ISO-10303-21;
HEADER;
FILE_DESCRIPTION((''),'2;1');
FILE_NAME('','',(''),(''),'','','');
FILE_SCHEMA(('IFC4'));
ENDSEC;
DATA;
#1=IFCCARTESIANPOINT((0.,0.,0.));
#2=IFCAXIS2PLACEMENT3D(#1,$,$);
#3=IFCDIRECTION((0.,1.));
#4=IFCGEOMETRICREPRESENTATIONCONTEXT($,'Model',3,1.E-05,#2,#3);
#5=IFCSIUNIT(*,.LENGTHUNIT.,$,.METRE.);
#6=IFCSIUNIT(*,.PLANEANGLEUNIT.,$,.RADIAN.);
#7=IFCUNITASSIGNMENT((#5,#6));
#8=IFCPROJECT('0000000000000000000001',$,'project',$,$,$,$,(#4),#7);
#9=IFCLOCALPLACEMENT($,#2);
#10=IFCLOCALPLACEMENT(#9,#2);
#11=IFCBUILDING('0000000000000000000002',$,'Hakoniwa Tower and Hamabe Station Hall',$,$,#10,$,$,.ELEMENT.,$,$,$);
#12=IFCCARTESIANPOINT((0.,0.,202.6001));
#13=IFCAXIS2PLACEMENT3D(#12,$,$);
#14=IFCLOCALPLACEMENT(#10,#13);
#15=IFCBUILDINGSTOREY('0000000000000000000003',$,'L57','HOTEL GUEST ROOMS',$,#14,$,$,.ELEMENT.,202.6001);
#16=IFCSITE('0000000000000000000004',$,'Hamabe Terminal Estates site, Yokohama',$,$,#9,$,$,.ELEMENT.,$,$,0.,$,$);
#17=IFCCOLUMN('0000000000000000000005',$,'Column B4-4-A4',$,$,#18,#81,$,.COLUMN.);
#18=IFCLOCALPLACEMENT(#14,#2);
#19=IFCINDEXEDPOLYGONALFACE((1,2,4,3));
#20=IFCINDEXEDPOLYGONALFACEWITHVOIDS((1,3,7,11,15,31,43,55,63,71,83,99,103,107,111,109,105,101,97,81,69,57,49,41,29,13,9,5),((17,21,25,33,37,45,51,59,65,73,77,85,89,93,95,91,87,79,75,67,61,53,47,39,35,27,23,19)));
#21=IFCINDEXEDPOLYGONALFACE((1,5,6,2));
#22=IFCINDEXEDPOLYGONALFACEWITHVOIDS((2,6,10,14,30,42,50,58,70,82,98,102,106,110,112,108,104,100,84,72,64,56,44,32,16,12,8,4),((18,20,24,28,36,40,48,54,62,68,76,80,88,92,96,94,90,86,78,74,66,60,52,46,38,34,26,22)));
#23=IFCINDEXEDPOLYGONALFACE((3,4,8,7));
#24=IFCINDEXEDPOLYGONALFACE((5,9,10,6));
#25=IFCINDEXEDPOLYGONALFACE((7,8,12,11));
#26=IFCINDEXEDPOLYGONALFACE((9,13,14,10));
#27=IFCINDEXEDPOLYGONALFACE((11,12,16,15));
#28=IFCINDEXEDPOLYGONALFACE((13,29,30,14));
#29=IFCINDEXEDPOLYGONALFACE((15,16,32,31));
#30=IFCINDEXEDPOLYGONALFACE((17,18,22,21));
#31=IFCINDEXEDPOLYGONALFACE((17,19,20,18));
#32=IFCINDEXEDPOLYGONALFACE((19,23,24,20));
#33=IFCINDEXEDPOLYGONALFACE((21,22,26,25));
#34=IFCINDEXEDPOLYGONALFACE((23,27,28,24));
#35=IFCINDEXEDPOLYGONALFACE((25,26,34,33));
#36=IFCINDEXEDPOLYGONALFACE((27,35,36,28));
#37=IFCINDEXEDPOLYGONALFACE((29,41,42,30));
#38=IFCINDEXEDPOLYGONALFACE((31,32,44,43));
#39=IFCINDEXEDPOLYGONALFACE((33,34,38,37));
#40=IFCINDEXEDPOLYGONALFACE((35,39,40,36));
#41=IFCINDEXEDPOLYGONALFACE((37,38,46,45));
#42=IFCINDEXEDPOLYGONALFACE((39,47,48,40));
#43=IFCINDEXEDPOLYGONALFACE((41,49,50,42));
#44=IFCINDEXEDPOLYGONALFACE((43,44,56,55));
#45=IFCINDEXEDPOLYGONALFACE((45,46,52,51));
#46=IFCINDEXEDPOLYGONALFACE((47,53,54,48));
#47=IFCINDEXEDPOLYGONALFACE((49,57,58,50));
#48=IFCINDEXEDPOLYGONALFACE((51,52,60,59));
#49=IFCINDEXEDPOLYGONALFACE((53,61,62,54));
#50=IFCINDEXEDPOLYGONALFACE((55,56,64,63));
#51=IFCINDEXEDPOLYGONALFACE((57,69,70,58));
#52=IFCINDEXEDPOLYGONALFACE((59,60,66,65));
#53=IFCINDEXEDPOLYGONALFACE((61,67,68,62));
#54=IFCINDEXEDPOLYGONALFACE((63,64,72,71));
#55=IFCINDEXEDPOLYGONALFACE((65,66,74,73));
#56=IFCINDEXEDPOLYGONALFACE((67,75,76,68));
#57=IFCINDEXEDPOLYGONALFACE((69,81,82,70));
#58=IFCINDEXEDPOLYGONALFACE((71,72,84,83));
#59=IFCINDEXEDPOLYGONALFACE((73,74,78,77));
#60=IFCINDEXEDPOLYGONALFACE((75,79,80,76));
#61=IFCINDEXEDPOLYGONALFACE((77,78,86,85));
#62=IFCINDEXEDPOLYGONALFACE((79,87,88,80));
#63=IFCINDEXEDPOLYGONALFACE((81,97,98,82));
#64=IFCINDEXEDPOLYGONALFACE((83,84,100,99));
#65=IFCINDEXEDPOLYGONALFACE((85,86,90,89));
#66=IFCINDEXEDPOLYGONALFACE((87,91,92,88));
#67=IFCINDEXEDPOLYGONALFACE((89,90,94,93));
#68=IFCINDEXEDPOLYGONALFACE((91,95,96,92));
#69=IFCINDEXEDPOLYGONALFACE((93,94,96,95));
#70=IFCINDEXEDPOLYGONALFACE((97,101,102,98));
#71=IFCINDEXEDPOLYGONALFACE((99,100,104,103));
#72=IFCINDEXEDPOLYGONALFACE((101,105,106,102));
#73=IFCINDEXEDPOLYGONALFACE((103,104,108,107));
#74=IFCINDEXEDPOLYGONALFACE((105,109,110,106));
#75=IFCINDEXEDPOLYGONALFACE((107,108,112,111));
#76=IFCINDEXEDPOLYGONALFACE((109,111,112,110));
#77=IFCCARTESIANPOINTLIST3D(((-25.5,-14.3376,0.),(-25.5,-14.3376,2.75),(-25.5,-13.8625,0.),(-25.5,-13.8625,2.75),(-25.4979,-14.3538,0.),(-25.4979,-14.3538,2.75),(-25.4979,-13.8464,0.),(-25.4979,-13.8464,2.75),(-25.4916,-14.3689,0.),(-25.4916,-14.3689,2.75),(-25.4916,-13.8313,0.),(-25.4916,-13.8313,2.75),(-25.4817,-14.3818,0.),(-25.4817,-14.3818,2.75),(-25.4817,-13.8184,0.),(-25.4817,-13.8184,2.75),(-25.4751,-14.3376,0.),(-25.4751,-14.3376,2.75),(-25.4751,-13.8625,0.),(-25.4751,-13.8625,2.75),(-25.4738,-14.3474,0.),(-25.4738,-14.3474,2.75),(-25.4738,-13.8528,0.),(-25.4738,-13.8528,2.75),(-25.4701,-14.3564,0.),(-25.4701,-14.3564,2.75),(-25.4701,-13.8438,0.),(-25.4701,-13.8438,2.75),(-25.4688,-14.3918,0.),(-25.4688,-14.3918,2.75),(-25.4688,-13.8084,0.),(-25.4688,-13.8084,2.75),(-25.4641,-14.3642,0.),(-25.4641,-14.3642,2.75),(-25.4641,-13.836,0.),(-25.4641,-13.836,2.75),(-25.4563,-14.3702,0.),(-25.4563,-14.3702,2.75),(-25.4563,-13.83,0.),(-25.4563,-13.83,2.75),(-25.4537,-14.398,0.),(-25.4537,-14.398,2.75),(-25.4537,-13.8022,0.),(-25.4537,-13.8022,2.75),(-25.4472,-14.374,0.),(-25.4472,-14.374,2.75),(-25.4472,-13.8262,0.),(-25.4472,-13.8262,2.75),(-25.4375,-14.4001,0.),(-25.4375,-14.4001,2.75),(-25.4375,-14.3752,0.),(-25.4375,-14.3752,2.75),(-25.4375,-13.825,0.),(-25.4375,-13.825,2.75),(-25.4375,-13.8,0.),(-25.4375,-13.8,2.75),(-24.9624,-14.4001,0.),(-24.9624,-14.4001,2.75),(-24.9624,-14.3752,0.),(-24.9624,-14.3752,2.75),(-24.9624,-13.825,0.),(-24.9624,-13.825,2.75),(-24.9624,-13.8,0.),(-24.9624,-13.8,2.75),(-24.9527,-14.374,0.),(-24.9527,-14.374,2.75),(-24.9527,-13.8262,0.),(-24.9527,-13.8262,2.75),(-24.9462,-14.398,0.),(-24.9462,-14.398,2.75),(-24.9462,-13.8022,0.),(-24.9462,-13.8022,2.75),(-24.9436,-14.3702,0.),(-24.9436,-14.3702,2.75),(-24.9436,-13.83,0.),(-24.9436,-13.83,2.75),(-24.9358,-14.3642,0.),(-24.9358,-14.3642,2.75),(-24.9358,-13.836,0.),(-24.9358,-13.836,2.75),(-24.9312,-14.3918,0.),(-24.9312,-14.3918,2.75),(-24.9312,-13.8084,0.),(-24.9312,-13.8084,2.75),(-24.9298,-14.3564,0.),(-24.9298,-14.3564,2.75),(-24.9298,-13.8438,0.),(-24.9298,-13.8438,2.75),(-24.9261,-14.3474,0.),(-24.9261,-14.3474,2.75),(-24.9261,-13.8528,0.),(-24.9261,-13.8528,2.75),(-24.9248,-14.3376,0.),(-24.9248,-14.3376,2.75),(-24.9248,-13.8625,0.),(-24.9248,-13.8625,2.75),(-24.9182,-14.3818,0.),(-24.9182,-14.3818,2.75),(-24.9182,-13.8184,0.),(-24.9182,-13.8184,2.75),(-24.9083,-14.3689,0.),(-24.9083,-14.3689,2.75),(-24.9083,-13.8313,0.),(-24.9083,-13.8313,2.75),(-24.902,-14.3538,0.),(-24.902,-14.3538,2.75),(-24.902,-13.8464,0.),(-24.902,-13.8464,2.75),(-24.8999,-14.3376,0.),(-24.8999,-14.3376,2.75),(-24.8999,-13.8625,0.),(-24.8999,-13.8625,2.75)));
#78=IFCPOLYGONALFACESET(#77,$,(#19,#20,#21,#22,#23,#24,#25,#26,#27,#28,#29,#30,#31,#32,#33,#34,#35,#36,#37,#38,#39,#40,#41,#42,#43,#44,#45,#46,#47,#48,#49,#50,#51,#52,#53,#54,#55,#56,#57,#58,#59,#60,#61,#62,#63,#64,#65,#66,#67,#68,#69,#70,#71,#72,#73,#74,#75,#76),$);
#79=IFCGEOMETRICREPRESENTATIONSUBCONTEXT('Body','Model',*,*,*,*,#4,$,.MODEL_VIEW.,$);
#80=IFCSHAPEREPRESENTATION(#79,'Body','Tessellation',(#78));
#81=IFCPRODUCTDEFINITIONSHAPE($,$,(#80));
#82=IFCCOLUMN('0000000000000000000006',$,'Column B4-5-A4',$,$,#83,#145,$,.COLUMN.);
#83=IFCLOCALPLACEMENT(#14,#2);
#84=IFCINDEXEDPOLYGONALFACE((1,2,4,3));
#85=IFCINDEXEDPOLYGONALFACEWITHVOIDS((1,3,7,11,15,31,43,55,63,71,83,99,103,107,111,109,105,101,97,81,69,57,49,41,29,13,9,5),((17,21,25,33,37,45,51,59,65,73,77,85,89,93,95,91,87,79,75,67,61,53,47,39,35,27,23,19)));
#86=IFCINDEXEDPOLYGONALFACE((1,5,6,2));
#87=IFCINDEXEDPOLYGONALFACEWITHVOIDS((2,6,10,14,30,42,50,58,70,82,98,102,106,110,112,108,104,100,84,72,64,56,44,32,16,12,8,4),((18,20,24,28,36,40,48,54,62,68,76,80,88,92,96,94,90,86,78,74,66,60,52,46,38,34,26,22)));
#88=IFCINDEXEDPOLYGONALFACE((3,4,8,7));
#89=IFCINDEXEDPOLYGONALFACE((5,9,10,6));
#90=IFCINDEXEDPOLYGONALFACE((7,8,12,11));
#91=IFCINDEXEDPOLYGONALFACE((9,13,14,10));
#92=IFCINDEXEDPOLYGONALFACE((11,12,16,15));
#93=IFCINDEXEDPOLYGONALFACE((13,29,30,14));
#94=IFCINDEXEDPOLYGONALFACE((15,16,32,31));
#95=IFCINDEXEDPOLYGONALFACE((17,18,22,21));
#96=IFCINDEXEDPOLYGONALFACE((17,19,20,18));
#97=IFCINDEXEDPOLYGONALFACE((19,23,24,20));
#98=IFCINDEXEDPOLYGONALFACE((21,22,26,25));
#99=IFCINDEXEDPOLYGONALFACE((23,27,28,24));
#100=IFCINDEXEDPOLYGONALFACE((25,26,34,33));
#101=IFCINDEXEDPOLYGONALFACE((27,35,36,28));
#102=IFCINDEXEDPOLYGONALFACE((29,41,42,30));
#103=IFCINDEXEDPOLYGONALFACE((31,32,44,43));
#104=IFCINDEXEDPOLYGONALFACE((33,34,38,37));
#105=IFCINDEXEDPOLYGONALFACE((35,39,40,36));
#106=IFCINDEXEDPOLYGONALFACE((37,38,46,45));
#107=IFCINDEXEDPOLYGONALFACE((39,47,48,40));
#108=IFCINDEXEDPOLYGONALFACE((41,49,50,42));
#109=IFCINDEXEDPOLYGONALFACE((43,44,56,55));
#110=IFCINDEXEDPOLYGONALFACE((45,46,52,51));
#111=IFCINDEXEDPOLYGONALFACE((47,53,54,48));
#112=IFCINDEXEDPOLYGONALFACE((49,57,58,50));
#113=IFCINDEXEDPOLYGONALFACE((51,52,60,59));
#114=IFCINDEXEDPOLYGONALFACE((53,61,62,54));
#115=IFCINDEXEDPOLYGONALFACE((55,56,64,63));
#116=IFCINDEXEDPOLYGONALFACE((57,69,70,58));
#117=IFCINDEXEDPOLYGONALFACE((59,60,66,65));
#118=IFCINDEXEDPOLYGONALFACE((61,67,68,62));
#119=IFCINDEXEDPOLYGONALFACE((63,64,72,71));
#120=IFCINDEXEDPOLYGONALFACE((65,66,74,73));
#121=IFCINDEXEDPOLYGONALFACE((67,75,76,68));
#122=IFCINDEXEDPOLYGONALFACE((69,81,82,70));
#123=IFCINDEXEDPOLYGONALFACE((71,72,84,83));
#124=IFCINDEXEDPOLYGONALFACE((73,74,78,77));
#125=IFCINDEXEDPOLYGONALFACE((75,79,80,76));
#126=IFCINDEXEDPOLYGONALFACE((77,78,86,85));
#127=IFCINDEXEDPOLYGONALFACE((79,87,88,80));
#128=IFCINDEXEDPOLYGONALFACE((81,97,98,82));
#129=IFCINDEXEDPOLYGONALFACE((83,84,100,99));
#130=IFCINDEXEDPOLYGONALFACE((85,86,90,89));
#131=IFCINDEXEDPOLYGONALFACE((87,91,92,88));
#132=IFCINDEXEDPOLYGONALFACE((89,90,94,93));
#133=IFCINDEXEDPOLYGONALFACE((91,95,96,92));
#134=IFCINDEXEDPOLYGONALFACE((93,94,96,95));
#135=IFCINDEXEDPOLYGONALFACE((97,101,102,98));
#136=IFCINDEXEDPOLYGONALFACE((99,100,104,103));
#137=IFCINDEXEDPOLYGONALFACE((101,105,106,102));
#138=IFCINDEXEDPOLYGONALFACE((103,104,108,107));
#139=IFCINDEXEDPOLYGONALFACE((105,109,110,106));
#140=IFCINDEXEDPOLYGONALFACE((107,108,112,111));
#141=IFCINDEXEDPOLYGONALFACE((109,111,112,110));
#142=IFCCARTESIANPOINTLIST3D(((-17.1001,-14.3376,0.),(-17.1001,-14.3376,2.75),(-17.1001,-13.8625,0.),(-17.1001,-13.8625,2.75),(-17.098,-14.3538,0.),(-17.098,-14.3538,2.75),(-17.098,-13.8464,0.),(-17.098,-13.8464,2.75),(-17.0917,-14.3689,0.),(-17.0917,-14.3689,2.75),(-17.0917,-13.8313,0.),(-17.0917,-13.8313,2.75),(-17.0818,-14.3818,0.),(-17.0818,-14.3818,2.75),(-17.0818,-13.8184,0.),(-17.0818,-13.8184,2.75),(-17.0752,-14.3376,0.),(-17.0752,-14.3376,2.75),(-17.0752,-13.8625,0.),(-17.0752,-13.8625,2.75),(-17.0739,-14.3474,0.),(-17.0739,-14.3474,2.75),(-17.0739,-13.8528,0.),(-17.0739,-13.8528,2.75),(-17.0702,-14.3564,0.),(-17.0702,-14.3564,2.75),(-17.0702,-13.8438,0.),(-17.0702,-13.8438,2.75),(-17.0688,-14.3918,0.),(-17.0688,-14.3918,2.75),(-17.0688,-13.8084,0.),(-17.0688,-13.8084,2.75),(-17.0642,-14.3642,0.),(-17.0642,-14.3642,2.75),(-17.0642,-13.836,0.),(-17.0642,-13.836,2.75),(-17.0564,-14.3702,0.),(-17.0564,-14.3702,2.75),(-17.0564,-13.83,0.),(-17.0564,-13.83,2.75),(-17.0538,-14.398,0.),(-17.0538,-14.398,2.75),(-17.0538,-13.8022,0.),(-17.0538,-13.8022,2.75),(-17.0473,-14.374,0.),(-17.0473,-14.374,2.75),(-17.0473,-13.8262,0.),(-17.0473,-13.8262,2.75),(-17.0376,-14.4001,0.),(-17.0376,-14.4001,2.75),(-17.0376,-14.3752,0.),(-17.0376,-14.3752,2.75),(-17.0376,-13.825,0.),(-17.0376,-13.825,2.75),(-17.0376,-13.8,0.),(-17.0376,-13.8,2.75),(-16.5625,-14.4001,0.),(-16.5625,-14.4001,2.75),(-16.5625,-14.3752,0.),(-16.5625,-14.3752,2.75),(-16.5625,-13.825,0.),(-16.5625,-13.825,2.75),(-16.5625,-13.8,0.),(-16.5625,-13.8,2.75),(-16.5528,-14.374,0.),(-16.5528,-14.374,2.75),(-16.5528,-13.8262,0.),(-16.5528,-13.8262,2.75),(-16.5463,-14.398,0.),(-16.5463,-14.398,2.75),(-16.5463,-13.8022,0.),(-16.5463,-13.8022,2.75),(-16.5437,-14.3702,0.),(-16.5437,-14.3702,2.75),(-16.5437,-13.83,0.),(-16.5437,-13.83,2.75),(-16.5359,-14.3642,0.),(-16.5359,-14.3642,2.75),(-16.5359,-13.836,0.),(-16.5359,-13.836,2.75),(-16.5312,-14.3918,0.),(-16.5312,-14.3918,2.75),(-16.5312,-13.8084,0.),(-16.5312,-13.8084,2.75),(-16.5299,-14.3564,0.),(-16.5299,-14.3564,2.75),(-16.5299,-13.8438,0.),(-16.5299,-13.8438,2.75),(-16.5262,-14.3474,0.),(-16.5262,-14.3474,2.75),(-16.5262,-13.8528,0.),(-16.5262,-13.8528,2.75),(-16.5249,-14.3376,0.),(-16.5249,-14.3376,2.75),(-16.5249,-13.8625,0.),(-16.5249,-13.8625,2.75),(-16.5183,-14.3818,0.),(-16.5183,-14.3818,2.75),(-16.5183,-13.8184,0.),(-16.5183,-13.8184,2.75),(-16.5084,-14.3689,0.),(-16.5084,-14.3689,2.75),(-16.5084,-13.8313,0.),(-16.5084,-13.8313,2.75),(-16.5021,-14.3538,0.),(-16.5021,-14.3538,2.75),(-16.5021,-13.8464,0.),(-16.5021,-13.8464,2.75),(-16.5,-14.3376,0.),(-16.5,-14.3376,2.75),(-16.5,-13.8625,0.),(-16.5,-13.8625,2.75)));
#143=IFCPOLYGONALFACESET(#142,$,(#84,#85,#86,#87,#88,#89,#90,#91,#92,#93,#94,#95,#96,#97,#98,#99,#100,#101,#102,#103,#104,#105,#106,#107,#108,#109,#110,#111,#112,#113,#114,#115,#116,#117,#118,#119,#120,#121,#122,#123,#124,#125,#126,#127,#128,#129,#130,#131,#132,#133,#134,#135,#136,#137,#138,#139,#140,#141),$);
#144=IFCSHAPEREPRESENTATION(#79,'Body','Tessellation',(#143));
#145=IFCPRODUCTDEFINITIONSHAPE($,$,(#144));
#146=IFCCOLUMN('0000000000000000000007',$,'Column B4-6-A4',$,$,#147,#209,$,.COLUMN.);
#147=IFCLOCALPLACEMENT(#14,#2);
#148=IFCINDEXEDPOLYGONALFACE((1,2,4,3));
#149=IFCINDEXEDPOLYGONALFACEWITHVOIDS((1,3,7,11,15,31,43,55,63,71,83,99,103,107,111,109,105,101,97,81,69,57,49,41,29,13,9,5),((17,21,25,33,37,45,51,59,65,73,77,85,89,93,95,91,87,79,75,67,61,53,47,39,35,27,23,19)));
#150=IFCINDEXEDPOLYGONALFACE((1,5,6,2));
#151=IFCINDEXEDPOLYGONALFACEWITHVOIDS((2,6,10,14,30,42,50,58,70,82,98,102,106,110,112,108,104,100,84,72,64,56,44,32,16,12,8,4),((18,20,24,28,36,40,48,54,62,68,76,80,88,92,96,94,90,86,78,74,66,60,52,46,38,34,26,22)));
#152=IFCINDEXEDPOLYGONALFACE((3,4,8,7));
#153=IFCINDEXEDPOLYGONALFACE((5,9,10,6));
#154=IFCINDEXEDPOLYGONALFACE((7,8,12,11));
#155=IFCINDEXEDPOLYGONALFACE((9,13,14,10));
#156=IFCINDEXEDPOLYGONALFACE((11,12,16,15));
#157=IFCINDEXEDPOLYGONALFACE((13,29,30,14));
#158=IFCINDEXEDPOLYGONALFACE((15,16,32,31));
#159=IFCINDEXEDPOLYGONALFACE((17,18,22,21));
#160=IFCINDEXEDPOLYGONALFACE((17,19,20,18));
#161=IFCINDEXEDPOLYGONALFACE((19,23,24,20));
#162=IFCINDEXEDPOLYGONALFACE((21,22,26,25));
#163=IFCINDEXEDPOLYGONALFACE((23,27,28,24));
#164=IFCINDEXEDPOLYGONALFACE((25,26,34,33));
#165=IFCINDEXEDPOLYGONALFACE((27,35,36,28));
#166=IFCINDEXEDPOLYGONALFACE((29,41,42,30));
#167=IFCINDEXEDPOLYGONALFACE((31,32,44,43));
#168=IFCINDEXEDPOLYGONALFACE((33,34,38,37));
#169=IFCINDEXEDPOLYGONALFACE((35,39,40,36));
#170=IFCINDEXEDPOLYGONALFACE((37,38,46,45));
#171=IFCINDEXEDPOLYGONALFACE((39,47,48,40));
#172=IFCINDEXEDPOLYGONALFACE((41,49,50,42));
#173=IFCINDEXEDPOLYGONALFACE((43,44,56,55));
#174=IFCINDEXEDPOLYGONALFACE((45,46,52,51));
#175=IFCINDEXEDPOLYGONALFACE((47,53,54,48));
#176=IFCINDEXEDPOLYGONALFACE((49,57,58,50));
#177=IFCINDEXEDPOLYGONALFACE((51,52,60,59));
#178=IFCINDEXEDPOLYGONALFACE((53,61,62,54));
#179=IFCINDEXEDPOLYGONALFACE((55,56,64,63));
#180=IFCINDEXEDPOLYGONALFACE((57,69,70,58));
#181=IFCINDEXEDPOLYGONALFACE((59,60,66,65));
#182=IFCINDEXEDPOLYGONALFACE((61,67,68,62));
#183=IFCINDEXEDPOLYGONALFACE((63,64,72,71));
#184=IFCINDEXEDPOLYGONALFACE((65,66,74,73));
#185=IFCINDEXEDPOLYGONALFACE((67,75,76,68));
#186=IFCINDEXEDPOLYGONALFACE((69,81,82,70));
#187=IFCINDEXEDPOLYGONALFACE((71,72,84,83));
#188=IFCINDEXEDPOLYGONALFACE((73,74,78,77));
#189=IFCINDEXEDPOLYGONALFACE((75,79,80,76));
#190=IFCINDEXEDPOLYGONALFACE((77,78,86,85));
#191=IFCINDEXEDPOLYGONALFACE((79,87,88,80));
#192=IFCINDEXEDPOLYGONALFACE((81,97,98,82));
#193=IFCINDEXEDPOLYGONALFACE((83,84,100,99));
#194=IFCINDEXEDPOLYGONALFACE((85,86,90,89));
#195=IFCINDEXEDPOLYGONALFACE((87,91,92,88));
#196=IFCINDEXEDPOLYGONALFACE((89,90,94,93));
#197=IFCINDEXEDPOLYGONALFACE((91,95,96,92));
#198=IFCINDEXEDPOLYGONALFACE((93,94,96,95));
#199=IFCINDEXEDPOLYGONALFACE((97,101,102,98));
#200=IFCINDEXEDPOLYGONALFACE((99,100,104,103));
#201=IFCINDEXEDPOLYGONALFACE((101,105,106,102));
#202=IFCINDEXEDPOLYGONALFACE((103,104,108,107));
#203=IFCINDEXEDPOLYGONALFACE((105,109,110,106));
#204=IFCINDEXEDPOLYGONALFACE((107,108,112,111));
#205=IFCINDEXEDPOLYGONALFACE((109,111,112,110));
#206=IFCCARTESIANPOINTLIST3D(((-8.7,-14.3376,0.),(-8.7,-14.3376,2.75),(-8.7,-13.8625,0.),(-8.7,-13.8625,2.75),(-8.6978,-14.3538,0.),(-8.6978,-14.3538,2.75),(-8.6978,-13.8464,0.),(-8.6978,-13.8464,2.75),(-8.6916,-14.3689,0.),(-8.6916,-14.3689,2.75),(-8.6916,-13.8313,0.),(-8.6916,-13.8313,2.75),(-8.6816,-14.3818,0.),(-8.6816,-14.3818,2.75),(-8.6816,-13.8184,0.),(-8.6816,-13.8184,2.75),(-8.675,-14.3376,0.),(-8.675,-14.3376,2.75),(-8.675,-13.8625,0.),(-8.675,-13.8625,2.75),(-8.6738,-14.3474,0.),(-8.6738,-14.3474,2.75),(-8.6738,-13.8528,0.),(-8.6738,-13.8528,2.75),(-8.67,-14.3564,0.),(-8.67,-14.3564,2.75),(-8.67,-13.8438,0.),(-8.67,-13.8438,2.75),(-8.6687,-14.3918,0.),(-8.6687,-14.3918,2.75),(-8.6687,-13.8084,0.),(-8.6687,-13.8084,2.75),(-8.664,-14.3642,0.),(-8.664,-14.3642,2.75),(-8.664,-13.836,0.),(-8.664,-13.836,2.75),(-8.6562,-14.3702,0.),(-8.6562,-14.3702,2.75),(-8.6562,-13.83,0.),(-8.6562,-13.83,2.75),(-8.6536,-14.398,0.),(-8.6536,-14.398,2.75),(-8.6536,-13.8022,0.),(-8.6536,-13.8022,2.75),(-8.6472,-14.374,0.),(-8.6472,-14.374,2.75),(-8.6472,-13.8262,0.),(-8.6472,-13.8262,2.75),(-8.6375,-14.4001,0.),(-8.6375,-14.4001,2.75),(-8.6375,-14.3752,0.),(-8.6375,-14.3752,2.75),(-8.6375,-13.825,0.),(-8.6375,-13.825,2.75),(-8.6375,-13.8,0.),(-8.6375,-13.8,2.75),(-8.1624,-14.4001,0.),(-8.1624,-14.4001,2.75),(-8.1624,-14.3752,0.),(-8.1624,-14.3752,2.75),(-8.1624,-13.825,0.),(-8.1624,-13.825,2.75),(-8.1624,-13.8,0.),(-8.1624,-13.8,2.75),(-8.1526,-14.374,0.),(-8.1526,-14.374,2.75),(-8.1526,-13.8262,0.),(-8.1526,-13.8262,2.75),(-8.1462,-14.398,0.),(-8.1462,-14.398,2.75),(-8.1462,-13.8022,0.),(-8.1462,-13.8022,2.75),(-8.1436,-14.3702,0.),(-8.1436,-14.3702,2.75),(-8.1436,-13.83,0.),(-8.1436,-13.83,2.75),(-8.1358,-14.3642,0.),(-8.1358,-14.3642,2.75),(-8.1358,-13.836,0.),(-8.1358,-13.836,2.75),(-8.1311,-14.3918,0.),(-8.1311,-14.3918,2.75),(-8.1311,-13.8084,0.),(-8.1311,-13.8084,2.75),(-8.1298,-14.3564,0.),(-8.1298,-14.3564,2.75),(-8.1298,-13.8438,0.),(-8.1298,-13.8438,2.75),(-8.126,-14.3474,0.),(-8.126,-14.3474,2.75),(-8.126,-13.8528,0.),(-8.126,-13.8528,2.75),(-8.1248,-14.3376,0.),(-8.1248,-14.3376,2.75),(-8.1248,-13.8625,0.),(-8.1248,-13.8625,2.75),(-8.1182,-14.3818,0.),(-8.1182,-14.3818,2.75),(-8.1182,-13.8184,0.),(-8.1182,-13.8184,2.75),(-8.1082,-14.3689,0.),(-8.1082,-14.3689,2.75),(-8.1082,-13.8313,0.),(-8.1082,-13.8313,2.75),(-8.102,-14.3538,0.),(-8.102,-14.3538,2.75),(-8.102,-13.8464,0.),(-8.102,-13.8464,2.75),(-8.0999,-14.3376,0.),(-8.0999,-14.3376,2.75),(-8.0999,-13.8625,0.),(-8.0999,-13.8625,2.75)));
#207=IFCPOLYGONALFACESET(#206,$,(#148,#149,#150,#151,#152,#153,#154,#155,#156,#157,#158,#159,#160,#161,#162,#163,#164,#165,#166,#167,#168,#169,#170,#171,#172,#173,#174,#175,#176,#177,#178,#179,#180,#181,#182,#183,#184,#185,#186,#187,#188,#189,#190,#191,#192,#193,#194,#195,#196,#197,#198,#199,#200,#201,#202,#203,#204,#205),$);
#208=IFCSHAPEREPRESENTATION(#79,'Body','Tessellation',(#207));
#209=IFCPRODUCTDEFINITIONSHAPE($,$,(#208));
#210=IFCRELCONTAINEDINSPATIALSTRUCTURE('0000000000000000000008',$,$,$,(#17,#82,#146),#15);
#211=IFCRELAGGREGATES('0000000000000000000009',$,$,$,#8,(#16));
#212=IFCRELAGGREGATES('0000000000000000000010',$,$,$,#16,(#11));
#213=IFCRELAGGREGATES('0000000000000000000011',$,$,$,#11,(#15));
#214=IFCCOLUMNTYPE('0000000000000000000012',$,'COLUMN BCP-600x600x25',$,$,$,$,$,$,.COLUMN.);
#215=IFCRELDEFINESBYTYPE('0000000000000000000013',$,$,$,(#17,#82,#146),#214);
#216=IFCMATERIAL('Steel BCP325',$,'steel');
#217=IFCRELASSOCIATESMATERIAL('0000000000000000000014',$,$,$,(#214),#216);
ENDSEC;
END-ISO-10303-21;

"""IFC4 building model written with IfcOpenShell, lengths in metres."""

from ifc_helpers import new_model, si_unit, direction, frame, origin, origin_2d, place, context, subcontext, project, spatial, hollow_rectangle, extrude, material, material_profile, profile_set, type_object, element, save


model = new_model("IFC4")

# Units and contexts
model_context = context("Model", 3, precision=1e-05, world=origin(), true_north=direction((0.0, 1.0)))
body_context = subcontext(model_context, "Body", "Model", "MODEL_VIEW")
ifc_project = project(units=[si_unit("LENGTHUNIT", "METRE"), si_unit("PLANEANGLEUNIT", "RADIAN")], contexts=[model_context])

# Site, building, storey
site_placement = place(None, origin())
site = spatial("IfcSite", under=ifc_project, at=site_placement, Name="Hamabe Terminal Estates site, Yokohama", CompositionType="ELEMENT", RefElevation=0.0)
building_placement = place(site_placement, origin())
building = spatial("IfcBuilding", under=site, at=building_placement, Name="Hakoniwa Tower and Hamabe Station Hall", CompositionType="ELEMENT")
storey_placement = place(building_placement, frame((0.0, 0.0, 202.6001)))
storey = spatial("IfcBuildingStorey", under=building, at=storey_placement, Name="L57", Description="HOTEL GUEST ROOMS", CompositionType="ELEMENT", Elevation=202.6001)

# Columns
ifc_material_1 = material(Name="Steel BCP325", Category="steel")
ifc_material_profile_1 = material_profile(ifc_material_1, hollow_rectangle(XDim=0.6001, YDim=0.6001, WallThickness=0.0249, InnerFilletRadius=0.0376, OuterFilletRadius=0.0625, at=origin_2d()), Name="BCP-600x600x25")
ifc_profile_set_1 = profile_set([ifc_material_profile_1], Name="Steel BCP325")
column_type = type_object("IfcColumnType", Name="COLUMN BCP-600x600x25", PredefinedType="COLUMN", material=ifc_profile_set_1)
for number, where, z_axis, x_axis, name in (
    (1, (-25.2, -14.1001, 0.0), (0.0, 0.0, 1.0), (1.0, 0.0, 0.0), "Column B4-4-A4"),
    (2, (-16.8, -14.1001, 0.0), (0.0, 0.0, 1.0), (1.0, 0.0, 0.0), "Column B4-5-A4"),
    (3, (-8.3999, -14.1001, 0.0), (0.0, 0.0, 1.0), (1.0, 0.0, 0.0), "Column B4-6-A4"),
):
    element("IfcColumn", number, at=place(storey_placement, frame(where, z_axis=z_axis, x_axis=x_axis)), inside=storey, type_object=column_type, Name=name, PredefinedType="COLUMN", context=body_context, shape_type="SweptSolid", body=[
        extrude(hollow_rectangle(XDim=0.6001, YDim=0.6001, WallThickness=0.0249, InnerFilletRadius=0.0376, OuterFilletRadius=0.0625, at=origin_2d()), origin(), (0.0, 0.0, 1.0), 2.75),
    ])

save(model, "model.ifc")
